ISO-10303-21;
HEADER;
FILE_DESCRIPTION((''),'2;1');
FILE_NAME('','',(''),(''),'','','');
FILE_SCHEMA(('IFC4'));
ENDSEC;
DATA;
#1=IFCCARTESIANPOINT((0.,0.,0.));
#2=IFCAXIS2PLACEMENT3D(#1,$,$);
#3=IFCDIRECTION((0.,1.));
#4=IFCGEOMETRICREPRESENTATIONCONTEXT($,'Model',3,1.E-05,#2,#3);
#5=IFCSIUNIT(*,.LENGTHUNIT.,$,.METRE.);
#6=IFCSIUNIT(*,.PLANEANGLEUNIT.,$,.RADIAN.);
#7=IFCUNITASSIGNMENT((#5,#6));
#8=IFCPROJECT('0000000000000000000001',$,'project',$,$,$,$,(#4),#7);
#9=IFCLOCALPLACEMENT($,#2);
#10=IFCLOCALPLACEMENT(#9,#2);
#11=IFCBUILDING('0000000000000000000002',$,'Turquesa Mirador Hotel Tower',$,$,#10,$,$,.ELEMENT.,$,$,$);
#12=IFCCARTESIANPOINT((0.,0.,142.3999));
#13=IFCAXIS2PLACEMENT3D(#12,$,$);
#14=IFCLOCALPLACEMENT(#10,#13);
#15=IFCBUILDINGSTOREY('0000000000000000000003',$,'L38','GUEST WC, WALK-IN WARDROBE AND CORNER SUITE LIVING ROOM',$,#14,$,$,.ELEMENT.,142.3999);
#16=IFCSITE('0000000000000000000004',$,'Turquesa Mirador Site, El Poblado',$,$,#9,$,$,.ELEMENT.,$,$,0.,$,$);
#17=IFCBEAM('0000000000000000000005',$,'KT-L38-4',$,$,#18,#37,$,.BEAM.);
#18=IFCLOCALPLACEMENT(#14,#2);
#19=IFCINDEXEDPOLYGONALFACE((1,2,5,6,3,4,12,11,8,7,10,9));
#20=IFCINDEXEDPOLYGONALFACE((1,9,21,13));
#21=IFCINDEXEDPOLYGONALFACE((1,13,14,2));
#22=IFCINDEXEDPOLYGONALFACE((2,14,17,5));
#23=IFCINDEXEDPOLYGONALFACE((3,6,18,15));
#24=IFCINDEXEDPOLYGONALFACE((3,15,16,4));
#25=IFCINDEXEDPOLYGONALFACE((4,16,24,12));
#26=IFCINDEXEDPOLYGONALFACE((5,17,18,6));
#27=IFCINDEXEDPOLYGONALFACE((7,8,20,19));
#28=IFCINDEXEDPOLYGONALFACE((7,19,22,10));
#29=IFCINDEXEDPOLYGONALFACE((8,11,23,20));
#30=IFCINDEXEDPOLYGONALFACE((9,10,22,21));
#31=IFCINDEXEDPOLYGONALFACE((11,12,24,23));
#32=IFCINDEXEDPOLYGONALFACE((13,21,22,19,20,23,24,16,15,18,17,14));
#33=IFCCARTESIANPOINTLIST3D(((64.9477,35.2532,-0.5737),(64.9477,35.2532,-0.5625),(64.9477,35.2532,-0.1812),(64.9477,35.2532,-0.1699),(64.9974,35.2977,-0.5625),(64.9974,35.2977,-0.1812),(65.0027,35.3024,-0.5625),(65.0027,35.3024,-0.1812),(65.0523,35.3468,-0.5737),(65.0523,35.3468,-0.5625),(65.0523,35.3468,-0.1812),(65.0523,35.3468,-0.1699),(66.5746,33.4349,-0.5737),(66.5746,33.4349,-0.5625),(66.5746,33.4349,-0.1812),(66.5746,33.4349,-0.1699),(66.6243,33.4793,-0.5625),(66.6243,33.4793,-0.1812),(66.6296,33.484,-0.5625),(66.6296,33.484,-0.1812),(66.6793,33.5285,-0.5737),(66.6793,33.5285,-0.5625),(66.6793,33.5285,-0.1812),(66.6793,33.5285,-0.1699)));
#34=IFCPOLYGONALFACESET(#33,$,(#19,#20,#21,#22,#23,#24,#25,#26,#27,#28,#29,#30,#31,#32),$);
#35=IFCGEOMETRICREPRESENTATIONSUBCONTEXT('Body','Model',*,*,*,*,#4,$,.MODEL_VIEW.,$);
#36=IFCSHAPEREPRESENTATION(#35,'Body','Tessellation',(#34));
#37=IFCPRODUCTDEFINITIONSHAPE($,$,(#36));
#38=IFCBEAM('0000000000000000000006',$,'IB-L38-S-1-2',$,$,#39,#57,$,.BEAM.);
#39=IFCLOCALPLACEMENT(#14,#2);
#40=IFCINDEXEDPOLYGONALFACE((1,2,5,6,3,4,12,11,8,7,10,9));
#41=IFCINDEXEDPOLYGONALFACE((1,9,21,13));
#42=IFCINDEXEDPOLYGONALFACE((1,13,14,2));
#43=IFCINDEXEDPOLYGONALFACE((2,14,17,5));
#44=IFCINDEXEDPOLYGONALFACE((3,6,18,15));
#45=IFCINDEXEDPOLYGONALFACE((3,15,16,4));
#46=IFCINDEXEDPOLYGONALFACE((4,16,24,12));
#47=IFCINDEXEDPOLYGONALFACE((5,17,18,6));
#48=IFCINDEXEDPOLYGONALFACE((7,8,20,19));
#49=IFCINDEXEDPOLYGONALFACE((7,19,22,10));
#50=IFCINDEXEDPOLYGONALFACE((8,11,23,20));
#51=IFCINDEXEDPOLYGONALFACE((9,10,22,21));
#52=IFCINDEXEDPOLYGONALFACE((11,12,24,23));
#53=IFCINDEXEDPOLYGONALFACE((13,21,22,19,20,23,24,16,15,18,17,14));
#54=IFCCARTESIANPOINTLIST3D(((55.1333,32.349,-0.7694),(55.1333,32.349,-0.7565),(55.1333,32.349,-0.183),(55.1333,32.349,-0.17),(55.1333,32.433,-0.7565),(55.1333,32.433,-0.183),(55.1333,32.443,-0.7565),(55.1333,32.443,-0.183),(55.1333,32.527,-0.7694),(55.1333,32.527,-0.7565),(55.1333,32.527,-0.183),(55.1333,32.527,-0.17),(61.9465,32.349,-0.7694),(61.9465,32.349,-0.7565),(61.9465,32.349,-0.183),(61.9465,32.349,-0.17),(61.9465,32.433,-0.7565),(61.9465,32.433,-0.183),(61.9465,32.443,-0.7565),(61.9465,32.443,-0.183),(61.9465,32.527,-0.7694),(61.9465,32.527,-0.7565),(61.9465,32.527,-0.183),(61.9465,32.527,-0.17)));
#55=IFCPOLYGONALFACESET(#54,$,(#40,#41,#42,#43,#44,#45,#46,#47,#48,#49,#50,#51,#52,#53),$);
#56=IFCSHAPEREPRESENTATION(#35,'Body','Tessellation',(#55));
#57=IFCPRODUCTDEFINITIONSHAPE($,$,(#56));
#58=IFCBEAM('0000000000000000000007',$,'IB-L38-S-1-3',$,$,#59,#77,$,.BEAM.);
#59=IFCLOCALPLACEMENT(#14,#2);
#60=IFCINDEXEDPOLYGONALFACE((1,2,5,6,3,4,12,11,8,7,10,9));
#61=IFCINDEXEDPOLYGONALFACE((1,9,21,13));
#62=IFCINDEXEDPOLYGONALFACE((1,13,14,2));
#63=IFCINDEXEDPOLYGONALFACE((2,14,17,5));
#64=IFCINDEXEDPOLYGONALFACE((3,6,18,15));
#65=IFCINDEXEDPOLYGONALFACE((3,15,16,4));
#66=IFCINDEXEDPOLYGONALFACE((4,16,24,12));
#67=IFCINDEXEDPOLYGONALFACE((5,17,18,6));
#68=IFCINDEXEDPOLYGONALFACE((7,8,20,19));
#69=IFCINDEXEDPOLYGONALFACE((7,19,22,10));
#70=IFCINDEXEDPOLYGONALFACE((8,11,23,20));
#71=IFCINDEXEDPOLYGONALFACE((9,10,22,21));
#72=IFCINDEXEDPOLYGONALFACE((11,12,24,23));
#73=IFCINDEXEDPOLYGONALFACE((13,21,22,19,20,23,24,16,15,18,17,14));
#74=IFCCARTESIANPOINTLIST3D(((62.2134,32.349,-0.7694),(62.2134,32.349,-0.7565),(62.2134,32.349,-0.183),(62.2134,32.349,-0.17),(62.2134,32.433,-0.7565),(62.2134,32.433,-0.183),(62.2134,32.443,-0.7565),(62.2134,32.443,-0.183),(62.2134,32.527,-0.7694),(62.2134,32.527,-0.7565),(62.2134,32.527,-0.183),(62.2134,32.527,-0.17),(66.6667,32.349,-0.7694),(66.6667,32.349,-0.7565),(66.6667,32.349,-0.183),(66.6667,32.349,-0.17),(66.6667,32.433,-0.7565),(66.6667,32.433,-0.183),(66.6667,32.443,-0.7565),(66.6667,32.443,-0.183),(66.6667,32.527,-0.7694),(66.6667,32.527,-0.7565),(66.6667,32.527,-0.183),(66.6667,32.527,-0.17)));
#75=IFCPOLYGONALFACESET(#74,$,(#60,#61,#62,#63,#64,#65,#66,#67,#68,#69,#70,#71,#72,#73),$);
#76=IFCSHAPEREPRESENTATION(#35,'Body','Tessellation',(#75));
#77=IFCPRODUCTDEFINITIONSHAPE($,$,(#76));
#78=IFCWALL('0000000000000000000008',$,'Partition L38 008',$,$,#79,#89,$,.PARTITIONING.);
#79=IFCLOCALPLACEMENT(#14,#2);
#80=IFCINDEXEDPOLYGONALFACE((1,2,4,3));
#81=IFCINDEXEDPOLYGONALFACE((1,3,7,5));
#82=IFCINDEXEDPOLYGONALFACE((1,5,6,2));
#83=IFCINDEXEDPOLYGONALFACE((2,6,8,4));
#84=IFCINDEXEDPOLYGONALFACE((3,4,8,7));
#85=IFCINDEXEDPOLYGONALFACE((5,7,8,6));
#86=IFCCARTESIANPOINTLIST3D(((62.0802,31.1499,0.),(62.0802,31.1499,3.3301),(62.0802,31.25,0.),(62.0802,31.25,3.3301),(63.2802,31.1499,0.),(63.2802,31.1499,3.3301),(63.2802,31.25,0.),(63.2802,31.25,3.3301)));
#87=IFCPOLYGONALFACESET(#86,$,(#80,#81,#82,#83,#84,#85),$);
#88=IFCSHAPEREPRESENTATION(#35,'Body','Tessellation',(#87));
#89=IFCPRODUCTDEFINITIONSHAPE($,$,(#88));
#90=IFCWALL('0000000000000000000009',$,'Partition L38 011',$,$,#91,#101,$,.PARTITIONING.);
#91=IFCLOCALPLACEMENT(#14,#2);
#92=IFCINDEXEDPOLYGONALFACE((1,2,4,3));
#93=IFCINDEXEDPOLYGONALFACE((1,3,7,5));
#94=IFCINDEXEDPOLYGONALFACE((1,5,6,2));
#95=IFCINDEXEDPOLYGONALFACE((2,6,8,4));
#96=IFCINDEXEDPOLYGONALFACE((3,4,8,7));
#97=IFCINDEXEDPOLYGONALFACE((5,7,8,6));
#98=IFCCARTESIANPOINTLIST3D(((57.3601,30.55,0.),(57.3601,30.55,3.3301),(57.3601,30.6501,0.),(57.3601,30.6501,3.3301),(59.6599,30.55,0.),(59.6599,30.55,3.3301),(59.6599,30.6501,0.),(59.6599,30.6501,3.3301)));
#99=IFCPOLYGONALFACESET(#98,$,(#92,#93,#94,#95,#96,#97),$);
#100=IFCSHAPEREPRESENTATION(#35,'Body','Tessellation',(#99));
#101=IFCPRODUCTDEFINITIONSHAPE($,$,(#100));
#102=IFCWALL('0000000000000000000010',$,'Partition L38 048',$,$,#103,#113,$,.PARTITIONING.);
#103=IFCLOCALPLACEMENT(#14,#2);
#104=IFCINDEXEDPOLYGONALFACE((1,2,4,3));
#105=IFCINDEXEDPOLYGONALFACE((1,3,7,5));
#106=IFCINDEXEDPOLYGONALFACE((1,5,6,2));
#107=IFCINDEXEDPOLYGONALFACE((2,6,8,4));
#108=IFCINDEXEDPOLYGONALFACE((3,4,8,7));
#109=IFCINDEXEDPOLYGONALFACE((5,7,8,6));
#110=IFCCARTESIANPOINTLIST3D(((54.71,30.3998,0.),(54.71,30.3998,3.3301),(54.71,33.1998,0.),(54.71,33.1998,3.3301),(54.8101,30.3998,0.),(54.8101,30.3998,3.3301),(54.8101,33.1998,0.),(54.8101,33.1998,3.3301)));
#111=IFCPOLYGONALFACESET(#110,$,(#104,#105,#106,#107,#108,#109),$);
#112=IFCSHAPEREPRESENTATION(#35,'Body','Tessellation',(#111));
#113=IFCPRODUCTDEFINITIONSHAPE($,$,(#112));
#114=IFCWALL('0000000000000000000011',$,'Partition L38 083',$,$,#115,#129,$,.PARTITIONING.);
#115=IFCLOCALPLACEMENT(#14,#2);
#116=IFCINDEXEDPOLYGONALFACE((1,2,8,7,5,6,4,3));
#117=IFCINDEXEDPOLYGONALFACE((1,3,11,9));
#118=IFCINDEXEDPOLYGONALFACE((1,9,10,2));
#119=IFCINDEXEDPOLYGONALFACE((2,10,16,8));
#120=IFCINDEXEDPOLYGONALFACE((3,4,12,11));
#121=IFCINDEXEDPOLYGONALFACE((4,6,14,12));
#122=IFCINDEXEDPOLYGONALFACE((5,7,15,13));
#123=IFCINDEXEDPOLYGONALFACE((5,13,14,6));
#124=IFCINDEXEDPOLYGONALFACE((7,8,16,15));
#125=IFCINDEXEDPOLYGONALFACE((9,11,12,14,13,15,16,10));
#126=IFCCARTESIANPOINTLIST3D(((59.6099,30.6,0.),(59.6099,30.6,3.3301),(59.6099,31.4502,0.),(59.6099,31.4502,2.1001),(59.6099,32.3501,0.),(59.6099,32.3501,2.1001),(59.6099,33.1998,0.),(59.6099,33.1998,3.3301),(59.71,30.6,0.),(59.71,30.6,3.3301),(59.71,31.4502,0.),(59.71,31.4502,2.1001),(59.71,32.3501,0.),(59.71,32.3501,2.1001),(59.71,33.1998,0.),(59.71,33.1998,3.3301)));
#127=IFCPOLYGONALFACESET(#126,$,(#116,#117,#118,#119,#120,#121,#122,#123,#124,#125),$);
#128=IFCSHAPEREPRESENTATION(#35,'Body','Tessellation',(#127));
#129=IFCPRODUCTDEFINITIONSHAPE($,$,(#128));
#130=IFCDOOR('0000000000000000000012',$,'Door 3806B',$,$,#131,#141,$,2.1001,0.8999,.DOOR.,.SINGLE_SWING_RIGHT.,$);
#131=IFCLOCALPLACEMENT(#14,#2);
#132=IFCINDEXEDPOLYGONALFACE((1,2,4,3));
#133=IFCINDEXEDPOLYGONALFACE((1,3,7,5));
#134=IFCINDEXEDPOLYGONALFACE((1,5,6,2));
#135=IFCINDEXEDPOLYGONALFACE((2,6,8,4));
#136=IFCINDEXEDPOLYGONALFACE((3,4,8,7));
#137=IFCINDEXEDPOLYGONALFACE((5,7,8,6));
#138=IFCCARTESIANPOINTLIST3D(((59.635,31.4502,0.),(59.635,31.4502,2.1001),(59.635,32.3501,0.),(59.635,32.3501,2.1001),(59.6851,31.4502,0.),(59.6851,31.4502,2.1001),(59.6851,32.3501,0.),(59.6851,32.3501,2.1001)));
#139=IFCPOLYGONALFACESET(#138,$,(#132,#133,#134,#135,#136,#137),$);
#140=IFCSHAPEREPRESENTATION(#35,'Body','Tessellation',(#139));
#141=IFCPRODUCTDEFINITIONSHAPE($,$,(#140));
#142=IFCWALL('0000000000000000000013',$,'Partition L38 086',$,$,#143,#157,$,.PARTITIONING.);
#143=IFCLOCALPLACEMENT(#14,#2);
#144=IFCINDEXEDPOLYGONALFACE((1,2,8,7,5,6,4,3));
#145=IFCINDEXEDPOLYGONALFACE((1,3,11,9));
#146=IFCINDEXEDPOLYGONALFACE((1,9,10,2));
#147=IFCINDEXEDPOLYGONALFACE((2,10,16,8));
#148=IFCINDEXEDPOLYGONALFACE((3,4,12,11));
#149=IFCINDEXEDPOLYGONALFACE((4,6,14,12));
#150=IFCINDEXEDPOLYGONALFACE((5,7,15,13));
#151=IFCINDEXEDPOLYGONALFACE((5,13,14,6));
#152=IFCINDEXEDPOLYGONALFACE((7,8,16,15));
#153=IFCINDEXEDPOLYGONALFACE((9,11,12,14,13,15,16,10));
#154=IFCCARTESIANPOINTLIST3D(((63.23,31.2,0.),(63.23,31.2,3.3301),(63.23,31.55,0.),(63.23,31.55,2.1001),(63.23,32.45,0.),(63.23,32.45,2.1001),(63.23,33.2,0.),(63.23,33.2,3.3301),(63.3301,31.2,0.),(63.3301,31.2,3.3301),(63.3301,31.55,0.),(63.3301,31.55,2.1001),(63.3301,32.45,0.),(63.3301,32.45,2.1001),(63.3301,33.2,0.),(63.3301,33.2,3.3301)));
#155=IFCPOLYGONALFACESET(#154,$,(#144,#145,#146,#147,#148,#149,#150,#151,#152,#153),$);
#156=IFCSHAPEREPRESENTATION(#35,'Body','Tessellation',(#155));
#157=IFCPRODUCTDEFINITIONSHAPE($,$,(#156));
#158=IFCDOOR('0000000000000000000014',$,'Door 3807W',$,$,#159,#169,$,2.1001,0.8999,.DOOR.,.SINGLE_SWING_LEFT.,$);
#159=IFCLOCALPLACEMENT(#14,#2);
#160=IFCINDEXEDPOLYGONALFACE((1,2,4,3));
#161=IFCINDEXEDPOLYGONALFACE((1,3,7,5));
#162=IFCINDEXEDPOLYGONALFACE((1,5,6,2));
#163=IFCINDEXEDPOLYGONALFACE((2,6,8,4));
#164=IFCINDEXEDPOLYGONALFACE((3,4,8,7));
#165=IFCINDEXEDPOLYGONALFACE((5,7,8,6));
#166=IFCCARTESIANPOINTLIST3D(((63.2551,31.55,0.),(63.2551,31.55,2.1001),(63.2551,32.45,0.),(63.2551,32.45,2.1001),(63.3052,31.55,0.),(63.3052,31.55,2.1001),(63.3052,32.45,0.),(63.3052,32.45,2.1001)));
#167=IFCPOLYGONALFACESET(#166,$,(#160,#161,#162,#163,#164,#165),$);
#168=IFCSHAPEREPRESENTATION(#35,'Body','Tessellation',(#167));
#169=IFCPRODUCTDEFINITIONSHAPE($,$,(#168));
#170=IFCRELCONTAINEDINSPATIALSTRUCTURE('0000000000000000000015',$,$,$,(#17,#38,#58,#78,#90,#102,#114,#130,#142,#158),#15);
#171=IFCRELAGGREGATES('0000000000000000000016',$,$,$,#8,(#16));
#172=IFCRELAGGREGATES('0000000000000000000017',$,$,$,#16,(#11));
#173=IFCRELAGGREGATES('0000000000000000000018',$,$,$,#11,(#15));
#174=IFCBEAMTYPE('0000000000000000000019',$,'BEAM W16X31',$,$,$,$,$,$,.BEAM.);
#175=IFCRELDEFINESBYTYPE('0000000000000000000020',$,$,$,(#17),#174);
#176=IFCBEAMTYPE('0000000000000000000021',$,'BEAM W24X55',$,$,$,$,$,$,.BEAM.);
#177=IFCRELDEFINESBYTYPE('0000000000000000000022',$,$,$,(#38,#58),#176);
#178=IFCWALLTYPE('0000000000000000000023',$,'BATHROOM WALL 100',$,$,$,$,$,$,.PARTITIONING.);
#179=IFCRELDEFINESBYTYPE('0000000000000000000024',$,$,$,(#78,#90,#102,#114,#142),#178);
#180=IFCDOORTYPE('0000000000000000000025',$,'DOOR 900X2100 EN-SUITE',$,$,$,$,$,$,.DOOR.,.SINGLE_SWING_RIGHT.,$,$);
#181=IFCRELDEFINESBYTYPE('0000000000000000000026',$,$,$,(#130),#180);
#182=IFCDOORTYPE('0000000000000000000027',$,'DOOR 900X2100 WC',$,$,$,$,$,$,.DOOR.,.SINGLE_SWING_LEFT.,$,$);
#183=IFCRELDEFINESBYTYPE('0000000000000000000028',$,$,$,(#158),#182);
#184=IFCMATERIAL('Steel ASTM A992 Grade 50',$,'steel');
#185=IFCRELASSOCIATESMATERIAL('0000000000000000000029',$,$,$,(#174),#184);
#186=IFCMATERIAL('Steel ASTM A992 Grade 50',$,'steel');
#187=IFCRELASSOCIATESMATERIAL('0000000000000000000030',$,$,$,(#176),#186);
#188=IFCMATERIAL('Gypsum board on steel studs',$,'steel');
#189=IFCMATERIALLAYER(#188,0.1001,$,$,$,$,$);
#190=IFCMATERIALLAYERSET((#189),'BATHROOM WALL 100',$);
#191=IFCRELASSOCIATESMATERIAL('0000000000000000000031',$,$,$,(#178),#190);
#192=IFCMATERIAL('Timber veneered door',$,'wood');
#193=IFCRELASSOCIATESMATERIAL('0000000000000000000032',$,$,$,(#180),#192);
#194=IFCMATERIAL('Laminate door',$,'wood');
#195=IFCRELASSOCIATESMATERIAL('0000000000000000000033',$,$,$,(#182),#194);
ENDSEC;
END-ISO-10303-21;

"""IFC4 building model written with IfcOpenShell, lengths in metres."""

from ifc_helpers import new_model, si_unit, direction, frame, frame_2d, origin, origin_2d, place, context, subcontext, project, spatial, rectangle, i_section, extrude, material, layer, layer_set, material_profile, profile_set, type_object, element, fill, save


model = new_model("IFC4")

# Units and contexts
model_context = context("Model", 3, precision=1e-05, world=origin(), true_north=direction((0.0, 1.0)))
body_context = subcontext(model_context, "Body", "Model", "MODEL_VIEW")
ifc_project = project(units=[si_unit("LENGTHUNIT", "METRE"), si_unit("PLANEANGLEUNIT", "RADIAN")], contexts=[model_context])

# Site, building, storey
site_placement = place(None, origin())
site = spatial("IfcSite", under=ifc_project, at=site_placement, Name="Turquesa Mirador Site, El Poblado", CompositionType="ELEMENT", RefElevation=0.0)
building_placement = place(site_placement, origin())
building = spatial("IfcBuilding", under=site, at=building_placement, Name="Turquesa Mirador Hotel Tower", CompositionType="ELEMENT")
storey_placement = place(building_placement, frame((0.0, 0.0, 142.3999)))
storey = spatial("IfcBuildingStorey", under=building, at=storey_placement, Name="L38", Description="GUEST WC, WALK-IN WARDROBE AND CORNER SUITE LIVING ROOM", CompositionType="ELEMENT", Elevation=142.3999)

# Beams
ifc_material_1 = material(Name="Steel ASTM A992 Grade 50", Category="steel")
ifc_material_profile_1 = material_profile(ifc_material_1, i_section(OverallWidth=0.1404, OverallDepth=0.4038, WebThickness=0.0071, FlangeThickness=0.0112, at=origin_2d()), Name="W16X31")
ifc_profile_set_1 = profile_set([ifc_material_profile_1], Name="Steel ASTM A992 Grade 50")
beam_type_1 = type_object("IfcBeamType", Name="BEAM W16X31", PredefinedType="BEAM", material=ifc_profile_set_1)
beam_1_placement = place(storey_placement, frame((66.627, 33.4817, -0.3718), z_axis=(-0.666795, 0.745241, 0.0), x_axis=(-0.745241, -0.666795, 0.0)))
element("IfcBeam", 1, at=beam_1_placement, inside=storey, type_object=beam_type_1, Name="KT-L38-4", PredefinedType="BEAM", context=body_context, shape_type="SweptSolid", body=[
    extrude(i_section(OverallWidth=0.1404, OverallDepth=0.4038, WebThickness=0.0071, FlangeThickness=0.0112, at=origin_2d()), origin(), (0.0, 0.0, 1.0), 2.4399),
])
ifc_material_2 = material(Name="Steel ASTM A992 Grade 50", Category="steel")
ifc_material_profile_2 = material_profile(ifc_material_2, i_section(OverallWidth=0.178, OverallDepth=0.5994, WebThickness=0.01, FlangeThickness=0.0129, at=origin_2d()), Name="W24X55")
ifc_profile_set_2 = profile_set([ifc_material_profile_2], Name="Steel ASTM A992 Grade 50")
beam_type_2 = type_object("IfcBeamType", Name="BEAM W24X55", PredefinedType="BEAM", material=ifc_profile_set_2)
beam_2_placement = place(storey_placement, frame((55.1333, 32.438, -0.4697), z_axis=(1.0, 0.0, 0.0), x_axis=(0.0, 1.0, 0.0)))
element("IfcBeam", 2, at=beam_2_placement, inside=storey, type_object=beam_type_2, Name="IB-L38-S-1-2", PredefinedType="BEAM", context=body_context, shape_type="SweptSolid", body=[
    extrude(i_section(OverallWidth=0.178, OverallDepth=0.5994, WebThickness=0.01, FlangeThickness=0.0129, at=origin_2d()), origin(), (0.0, 0.0, 1.0), 6.8132),
])
beam_3_placement = place(storey_placement, frame((62.2134, 32.438, -0.4697), z_axis=(1.0, 0.0, 0.0), x_axis=(0.0, 1.0, 0.0)))
element("IfcBeam", 3, at=beam_3_placement, inside=storey, type_object=beam_type_2, Name="IB-L38-S-1-3", PredefinedType="BEAM", context=body_context, shape_type="SweptSolid", body=[
    extrude(i_section(OverallWidth=0.178, OverallDepth=0.5994, WebThickness=0.01, FlangeThickness=0.0129, at=origin_2d()), origin(), (0.0, 0.0, 1.0), 4.4534),
])

# Walls
ifc_material_3 = material(Name="Gypsum board on steel studs", Category="steel")
ifc_layer_1 = layer(ifc_material_3, 0.1001)
ifc_layer_set_1 = layer_set([ifc_layer_1], Name="BATHROOM WALL 100")
wall_type_1 = type_object("IfcWallType", Name="BATHROOM WALL 100", PredefinedType="PARTITIONING", material=ifc_layer_set_1)
wall_1_placement = place(storey_placement, frame((62.0801, 31.2, 0.0), z_axis=(0.0, 0.0, 1.0), x_axis=(1.0, 0.0, 0.0)))
element("IfcWall", 4, at=wall_1_placement, inside=storey, type_object=wall_type_1, Name="Partition L38 008", PredefinedType="PARTITIONING", context=body_context, shape_type="SweptSolid", body=[
    extrude(rectangle(XDim=1.2, YDim=0.1001, at=frame_2d((0.6001, 0.0))), origin(), (0.0, 0.0, 1.0), 3.3301),
])
wall_2_placement = place(storey_placement, frame((57.3601, 30.6001, 0.0), z_axis=(0.0, 0.0, 1.0), x_axis=(1.0, 0.0, 0.0)))
element("IfcWall", 5, at=wall_2_placement, inside=storey, type_object=wall_type_1, Name="Partition L38 011", PredefinedType="PARTITIONING", context=body_context, shape_type="SweptSolid", body=[
    extrude(rectangle(XDim=2.2998, YDim=0.1001, at=frame_2d((1.1499, 0.0))), origin(), (0.0, 0.0, 1.0), 3.3301),
])
wall_3_placement = place(storey_placement, frame((54.76, 30.3999, 0.0), z_axis=(0.0, 0.0, 1.0), x_axis=(0.0, 1.0, 0.0)))
element("IfcWall", 6, at=wall_3_placement, inside=storey, type_object=wall_type_1, Name="Partition L38 048", PredefinedType="PARTITIONING", context=body_context, shape_type="SweptSolid", body=[
    extrude(rectangle(XDim=2.8, YDim=0.1001, at=frame_2d((1.3999, 0.0))), origin(), (0.0, 0.0, 1.0), 3.3301),
])

# Walls, openings, doors
wall_4_placement = place(storey_placement, frame((59.6599, 30.6001, 0.0), z_axis=(0.0, 0.0, 1.0), x_axis=(0.0, 1.0, 0.0)))
wall_4 = element("IfcWall", 7, at=wall_4_placement, inside=storey, type_object=wall_type_1, Name="Partition L38 083", PredefinedType="PARTITIONING", context=body_context, shape_type="SweptSolid", body=[
    extrude(rectangle(XDim=2.5999, YDim=0.1001, at=frame_2d((1.2998, 0.0))), origin(), (0.0, 0.0, 1.0), 3.3301),
])
opening_1_placement = place(wall_4_placement, frame((0.8501, 0.0, 0.0)))
opening_1 = element("IfcOpeningElement", 8, at=opening_1_placement, cuts=wall_4, PredefinedType="OPENING", context=body_context, shape_type="SweptSolid", body=[
    extrude(rectangle(XDim=0.8999, YDim=2.1001, at=frame_2d((0.45, 1.05))), frame((0.0, 0.0601, 0.0), z_axis=(0.0, -1.0, 0.0), x_axis=(1.0, 0.0, 0.0)), (0.0, 0.0, 1.0), 0.1201),
])
ifc_material_4 = material(Name="Timber veneered door", Category="wood")
door_type_1 = type_object("IfcDoorType", Name="DOOR 900X2100 EN-SUITE", OperationType="SINGLE_SWING_RIGHT", PredefinedType="DOOR", material=ifc_material_4)
door_1_placement = place(opening_1_placement, origin())
door_1 = element("IfcDoor", 9, at=door_1_placement, inside=storey, type_object=door_type_1, Name="Door 3806B", OperationType="SINGLE_SWING_RIGHT", OverallHeight=2.1001, OverallWidth=0.8999, PredefinedType="DOOR", context=body_context, shape_type="SweptSolid", body=[
    extrude(rectangle(XDim=0.8999, YDim=2.1001, at=frame_2d((0.45, 1.05))), frame((0.0, 0.0249, 0.0), z_axis=(0.0, -1.0, 0.0), x_axis=(1.0, 0.0, 0.0)), (0.0, 0.0, 1.0), 0.05),
])
fill(opening_1, door_1)
wall_5_placement = place(storey_placement, frame((63.28, 31.2, 0.0), z_axis=(0.0, 0.0, 1.0), x_axis=(0.0, 1.0, 0.0)))
wall_5 = element("IfcWall", 10, at=wall_5_placement, inside=storey, type_object=wall_type_1, Name="Partition L38 086", PredefinedType="PARTITIONING", context=body_context, shape_type="SweptSolid", body=[
    extrude(rectangle(XDim=2.0, YDim=0.1001, at=frame_2d((1.0, 0.0))), origin(), (0.0, 0.0, 1.0), 3.3301),
])
opening_2_placement = place(wall_5_placement, frame((0.3501, 0.0, 0.0)))
opening_2 = element("IfcOpeningElement", 11, at=opening_2_placement, cuts=wall_5, PredefinedType="OPENING", context=body_context, shape_type="SweptSolid", body=[
    extrude(rectangle(XDim=0.8999, YDim=2.1001, at=frame_2d((0.45, 1.05))), frame((0.0, 0.0601, 0.0), z_axis=(0.0, -1.0, 0.0), x_axis=(1.0, 0.0, 0.0)), (0.0, 0.0, 1.0), 0.1201),
])
ifc_material_5 = material(Name="Laminate door", Category="wood")
door_type_2 = type_object("IfcDoorType", Name="DOOR 900X2100 WC", OperationType="SINGLE_SWING_LEFT", PredefinedType="DOOR", material=ifc_material_5)
door_2_placement = place(opening_2_placement, origin())
door_2 = element("IfcDoor", 12, at=door_2_placement, inside=storey, type_object=door_type_2, Name="Door 3807W", OperationType="SINGLE_SWING_LEFT", OverallHeight=2.1001, OverallWidth=0.8999, PredefinedType="DOOR", context=body_context, shape_type="SweptSolid", body=[
    extrude(rectangle(XDim=0.8999, YDim=2.1001, at=frame_2d((0.45, 1.05))), frame((0.0, 0.0249, 0.0), z_axis=(0.0, -1.0, 0.0), x_axis=(1.0, 0.0, 0.0)), (0.0, 0.0, 1.0), 0.05),
])
fill(opening_2, door_2)

save(model, "model.ifc")
